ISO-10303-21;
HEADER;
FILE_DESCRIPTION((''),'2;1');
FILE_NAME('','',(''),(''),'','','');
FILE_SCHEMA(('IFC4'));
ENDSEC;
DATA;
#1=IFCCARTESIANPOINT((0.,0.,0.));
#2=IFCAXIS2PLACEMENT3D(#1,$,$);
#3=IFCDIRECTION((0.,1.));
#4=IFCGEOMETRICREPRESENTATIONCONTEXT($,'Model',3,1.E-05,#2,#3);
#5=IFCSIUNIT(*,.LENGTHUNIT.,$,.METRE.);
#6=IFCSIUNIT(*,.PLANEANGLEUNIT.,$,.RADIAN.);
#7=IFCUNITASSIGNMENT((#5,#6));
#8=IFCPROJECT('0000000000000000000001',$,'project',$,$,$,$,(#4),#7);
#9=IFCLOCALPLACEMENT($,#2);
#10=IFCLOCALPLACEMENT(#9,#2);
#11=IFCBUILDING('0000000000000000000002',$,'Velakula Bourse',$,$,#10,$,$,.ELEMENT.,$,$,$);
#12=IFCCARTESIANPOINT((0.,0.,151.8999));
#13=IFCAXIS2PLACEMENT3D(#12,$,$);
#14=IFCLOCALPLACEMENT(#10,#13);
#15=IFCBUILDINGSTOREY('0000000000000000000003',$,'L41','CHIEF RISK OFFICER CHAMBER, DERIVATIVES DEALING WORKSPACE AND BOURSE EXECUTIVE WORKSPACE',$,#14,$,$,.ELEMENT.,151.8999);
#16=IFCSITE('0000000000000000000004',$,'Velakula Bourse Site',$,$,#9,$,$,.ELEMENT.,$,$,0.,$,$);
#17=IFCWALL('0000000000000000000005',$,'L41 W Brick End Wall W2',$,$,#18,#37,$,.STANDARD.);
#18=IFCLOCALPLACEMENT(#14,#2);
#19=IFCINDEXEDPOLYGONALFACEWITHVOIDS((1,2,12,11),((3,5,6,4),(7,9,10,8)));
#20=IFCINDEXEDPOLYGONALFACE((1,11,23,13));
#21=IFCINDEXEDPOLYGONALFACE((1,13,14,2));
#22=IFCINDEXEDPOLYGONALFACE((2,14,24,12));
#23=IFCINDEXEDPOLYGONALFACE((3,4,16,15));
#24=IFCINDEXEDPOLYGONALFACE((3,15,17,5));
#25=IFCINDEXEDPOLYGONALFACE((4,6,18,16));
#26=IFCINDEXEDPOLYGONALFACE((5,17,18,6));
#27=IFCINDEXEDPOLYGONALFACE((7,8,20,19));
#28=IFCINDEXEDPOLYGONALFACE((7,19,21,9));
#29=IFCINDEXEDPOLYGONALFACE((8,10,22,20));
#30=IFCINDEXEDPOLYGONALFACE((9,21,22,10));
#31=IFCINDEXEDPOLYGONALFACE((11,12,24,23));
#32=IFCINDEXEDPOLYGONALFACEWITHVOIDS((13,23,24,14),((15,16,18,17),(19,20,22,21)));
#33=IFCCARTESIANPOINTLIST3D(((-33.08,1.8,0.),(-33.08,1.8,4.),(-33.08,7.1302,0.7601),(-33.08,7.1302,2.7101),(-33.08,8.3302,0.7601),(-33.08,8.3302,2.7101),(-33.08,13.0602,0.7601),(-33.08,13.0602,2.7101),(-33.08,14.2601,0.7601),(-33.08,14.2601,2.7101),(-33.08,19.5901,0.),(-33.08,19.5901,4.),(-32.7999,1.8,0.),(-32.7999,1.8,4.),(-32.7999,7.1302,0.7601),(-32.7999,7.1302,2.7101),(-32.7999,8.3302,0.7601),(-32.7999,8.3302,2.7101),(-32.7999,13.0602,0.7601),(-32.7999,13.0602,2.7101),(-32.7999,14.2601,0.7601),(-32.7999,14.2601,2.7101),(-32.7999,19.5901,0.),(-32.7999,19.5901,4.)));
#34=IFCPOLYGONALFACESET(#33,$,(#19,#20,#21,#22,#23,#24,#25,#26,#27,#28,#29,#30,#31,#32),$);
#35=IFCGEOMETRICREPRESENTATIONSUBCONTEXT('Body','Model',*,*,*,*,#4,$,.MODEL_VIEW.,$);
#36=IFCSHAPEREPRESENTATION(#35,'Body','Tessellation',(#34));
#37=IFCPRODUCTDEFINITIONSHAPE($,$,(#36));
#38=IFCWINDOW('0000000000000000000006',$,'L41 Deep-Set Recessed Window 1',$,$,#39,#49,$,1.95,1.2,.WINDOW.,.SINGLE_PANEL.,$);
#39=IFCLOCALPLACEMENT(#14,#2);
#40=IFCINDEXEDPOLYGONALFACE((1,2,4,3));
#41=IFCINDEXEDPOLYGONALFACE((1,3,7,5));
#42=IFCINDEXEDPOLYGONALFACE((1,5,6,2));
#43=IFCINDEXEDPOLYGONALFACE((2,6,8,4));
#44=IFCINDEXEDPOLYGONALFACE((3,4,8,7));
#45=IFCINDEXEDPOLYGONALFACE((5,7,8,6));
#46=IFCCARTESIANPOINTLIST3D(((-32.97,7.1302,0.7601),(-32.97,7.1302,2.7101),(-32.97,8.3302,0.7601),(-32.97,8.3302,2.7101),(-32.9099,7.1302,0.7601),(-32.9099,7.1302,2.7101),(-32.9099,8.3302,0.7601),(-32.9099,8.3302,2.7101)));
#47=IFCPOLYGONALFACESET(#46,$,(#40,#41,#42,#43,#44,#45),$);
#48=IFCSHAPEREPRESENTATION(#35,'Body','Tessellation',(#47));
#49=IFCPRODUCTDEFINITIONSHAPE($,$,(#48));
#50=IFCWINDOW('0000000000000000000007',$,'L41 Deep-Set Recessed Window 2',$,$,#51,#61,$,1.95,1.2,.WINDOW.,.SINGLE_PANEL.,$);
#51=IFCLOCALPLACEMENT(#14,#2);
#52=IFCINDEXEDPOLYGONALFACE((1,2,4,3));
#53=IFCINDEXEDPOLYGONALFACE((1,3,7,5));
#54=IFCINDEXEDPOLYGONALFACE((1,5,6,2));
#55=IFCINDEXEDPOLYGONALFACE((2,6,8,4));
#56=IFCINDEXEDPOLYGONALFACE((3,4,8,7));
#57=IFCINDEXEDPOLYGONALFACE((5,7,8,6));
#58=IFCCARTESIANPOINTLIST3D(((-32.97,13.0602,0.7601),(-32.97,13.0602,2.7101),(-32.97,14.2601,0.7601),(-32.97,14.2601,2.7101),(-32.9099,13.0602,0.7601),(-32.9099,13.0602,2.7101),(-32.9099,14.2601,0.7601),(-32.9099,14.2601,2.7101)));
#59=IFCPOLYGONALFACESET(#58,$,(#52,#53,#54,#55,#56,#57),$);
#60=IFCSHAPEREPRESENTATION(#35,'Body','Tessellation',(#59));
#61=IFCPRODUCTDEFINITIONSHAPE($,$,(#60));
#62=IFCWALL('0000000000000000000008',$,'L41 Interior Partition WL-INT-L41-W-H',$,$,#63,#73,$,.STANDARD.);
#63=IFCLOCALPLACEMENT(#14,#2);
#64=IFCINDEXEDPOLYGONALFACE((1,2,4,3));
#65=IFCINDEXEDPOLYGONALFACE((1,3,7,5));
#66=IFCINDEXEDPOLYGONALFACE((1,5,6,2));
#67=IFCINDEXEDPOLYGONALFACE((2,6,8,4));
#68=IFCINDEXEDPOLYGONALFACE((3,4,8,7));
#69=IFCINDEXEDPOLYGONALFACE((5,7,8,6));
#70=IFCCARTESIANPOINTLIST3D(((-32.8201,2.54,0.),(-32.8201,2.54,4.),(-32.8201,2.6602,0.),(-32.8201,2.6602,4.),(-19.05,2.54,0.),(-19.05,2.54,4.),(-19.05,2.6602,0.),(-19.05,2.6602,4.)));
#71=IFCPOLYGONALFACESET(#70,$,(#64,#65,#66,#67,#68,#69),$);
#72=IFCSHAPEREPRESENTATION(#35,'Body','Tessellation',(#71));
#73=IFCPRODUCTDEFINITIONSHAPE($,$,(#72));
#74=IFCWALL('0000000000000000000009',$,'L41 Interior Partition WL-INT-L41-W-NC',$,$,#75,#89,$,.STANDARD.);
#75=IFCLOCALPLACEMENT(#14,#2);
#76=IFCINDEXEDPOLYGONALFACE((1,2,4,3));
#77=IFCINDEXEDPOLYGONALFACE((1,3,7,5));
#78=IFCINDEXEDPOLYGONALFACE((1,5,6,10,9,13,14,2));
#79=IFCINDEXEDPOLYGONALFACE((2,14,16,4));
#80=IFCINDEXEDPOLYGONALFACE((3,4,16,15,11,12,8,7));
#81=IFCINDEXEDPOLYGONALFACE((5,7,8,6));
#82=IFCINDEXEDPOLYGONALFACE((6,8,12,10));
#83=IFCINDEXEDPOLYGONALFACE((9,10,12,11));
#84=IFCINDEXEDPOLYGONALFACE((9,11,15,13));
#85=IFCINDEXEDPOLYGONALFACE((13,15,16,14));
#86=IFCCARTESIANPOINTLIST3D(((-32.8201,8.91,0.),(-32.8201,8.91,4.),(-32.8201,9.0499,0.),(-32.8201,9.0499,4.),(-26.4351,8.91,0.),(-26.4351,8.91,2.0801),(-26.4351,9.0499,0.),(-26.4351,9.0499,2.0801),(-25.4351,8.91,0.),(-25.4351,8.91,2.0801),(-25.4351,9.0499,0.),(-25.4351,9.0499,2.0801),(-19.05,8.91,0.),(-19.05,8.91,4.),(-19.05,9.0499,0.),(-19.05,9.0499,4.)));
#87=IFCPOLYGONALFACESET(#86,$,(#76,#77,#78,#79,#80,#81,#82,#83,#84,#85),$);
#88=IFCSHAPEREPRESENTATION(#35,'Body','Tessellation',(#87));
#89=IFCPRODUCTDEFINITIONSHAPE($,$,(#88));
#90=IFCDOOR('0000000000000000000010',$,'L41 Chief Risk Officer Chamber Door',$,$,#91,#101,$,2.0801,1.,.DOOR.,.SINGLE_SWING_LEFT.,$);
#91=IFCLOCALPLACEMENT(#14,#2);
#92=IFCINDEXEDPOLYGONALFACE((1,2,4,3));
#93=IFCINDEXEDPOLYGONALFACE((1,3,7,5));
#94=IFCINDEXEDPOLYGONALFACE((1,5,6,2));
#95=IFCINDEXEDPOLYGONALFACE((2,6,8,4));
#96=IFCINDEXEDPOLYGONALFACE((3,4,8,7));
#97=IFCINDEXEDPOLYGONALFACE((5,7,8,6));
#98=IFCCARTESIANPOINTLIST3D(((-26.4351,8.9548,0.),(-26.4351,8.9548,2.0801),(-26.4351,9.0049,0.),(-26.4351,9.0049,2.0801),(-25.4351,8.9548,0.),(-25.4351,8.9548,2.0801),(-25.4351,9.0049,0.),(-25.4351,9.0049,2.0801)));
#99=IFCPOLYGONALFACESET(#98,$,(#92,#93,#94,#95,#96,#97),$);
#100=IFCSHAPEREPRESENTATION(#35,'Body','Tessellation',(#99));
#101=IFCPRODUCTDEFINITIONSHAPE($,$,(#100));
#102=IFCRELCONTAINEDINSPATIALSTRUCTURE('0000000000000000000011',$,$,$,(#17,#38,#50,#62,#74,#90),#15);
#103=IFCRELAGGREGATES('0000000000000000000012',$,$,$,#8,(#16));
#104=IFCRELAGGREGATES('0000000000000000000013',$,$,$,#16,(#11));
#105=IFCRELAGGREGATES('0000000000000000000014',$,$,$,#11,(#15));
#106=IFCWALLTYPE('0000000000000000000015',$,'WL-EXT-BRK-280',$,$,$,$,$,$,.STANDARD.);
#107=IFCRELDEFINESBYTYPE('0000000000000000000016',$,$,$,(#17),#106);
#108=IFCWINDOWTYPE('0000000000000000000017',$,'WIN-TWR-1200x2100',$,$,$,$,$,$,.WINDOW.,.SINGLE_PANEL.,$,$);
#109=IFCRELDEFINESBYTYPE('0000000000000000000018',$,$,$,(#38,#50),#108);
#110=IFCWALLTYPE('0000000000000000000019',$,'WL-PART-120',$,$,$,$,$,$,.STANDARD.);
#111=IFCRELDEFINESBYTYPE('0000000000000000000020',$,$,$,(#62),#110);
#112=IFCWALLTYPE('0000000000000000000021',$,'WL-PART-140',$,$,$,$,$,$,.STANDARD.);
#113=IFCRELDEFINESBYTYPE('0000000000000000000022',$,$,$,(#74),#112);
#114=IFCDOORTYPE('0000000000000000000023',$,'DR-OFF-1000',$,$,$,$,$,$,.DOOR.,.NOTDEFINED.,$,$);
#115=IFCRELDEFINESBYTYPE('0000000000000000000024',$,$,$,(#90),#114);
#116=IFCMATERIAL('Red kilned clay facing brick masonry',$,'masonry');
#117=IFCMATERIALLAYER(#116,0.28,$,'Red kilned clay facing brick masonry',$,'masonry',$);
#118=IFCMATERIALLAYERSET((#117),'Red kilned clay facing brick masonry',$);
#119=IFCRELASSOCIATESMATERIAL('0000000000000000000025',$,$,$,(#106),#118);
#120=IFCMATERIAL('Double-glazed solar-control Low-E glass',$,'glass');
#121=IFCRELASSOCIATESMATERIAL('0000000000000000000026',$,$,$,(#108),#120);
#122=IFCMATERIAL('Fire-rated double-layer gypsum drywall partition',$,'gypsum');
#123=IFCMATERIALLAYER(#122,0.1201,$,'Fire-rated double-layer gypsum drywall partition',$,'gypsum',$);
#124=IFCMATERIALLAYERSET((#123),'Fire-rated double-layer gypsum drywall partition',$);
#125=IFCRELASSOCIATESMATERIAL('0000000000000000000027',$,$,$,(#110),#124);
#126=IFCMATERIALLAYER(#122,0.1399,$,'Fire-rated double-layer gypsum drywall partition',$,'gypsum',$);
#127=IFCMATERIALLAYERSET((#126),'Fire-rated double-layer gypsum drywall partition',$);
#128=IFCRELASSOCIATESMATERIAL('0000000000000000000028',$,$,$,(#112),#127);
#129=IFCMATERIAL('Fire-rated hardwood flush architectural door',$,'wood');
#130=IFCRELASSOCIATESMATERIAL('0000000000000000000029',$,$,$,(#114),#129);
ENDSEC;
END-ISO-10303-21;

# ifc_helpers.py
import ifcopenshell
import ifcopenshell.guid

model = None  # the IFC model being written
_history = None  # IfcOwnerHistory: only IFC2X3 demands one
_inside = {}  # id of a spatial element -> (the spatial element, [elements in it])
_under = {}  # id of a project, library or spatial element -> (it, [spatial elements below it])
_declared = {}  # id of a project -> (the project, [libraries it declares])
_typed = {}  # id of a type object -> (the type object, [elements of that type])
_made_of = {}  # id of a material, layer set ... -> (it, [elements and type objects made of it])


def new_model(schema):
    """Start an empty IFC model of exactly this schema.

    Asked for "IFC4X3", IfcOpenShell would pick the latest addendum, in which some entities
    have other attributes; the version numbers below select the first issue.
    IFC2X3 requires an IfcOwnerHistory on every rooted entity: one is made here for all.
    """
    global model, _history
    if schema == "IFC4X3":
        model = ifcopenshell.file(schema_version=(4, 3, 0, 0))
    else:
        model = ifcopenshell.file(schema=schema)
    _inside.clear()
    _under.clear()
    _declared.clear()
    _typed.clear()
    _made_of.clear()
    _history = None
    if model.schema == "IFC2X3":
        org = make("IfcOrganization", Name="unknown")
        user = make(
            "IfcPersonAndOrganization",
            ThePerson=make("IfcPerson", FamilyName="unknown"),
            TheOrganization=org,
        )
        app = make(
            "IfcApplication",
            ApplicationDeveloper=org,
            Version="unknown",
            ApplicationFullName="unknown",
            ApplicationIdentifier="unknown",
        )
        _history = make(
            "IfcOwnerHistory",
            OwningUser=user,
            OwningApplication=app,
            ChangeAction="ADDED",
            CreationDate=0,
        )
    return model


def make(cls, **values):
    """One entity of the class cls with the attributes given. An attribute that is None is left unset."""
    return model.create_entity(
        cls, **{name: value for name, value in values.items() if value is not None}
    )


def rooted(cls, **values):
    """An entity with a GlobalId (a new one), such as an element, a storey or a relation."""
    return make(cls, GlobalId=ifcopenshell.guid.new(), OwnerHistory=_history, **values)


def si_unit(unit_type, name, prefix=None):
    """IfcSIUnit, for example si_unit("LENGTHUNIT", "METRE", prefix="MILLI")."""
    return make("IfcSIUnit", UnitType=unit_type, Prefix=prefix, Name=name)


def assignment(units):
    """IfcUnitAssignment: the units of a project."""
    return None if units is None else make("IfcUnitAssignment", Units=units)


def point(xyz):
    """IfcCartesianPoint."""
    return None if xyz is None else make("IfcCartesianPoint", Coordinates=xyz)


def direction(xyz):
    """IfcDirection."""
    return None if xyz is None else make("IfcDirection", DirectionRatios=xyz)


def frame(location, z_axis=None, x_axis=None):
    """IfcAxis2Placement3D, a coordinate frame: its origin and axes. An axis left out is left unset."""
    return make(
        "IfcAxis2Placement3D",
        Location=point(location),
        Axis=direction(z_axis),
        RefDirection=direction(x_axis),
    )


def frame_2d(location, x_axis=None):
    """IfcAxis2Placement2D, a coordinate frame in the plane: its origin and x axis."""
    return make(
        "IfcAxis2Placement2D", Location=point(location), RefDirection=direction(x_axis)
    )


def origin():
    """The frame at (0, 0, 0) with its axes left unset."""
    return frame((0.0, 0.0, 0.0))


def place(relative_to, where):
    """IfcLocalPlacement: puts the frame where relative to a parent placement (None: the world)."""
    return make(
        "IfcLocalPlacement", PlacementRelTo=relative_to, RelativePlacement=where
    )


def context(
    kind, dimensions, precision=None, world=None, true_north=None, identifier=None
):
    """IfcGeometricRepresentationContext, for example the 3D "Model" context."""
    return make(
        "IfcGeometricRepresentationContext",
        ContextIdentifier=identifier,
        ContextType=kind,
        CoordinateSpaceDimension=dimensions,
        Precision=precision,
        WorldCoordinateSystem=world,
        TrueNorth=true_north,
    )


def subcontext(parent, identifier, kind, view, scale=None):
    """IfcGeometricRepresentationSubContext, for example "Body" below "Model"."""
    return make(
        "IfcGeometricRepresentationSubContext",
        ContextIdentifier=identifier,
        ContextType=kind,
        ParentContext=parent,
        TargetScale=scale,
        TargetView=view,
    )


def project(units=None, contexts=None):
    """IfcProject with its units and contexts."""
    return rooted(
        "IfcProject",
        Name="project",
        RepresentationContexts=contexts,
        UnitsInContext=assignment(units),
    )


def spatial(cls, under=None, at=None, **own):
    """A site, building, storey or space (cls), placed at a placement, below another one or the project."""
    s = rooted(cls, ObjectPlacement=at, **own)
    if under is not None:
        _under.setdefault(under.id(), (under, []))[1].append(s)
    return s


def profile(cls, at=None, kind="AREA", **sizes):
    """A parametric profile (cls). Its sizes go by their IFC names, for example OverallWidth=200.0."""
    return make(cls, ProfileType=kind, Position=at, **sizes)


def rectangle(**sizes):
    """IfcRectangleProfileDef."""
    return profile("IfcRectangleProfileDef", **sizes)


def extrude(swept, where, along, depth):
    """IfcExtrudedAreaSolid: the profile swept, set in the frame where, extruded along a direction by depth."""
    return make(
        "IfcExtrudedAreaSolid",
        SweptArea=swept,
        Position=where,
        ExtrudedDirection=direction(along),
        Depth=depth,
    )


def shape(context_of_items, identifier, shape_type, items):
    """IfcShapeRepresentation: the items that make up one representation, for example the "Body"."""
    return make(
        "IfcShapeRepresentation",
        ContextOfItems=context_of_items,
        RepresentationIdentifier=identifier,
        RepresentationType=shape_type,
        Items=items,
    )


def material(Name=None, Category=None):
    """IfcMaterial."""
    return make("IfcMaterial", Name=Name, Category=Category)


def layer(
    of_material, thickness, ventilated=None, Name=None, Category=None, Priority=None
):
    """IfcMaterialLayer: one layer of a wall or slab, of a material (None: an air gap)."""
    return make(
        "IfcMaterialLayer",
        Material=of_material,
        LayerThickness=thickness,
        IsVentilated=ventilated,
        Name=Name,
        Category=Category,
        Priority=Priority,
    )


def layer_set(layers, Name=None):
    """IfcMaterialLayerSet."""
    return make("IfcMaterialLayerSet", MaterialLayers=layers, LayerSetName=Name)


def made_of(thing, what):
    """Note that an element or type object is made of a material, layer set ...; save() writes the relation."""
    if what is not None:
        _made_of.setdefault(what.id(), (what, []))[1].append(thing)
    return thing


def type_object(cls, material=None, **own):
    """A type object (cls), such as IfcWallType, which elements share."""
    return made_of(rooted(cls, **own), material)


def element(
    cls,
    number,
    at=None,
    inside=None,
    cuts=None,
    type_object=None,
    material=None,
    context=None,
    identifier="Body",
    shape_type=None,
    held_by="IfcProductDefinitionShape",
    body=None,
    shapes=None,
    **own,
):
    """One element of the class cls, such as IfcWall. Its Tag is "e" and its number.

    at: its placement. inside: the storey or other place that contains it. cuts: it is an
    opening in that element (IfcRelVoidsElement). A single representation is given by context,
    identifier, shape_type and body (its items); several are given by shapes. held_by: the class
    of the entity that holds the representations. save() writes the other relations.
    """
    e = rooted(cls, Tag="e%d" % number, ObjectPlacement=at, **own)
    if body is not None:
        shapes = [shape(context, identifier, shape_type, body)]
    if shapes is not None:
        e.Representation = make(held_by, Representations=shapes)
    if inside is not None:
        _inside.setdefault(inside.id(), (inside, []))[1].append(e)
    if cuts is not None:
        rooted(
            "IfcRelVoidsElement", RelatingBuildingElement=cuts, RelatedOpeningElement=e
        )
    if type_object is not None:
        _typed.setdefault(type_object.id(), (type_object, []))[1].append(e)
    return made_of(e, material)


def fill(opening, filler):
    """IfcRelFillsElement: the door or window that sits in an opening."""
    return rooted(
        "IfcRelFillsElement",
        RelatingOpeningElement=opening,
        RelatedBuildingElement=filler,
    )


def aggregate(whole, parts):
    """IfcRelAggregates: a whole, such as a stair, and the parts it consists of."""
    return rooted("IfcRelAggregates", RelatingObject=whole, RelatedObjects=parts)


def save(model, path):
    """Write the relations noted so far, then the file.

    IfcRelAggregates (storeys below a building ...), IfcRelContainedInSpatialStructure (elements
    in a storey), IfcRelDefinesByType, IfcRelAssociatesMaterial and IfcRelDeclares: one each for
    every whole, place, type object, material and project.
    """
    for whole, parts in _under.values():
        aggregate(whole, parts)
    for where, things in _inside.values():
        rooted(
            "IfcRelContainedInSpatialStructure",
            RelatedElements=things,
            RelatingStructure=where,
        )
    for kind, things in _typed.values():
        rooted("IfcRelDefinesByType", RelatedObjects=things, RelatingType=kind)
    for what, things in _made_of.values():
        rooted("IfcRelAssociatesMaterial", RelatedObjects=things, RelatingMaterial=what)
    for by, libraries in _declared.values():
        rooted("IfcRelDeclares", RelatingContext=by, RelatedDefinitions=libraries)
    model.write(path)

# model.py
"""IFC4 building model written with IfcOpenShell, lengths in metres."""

from ifc_helpers import new_model, si_unit, direction, frame, frame_2d, origin, place, context, subcontext, project, spatial, rectangle, extrude, material, layer, layer_set, type_object, element, fill, save


model = new_model("IFC4")

# Units and contexts
model_context = context("Model", 3, precision=1e-05, world=origin(), true_north=direction((0.0, 1.0)))
body_context = subcontext(model_context, "Body", "Model", "MODEL_VIEW")
ifc_project = project(units=[si_unit("LENGTHUNIT", "METRE"), si_unit("PLANEANGLEUNIT", "RADIAN")], contexts=[model_context])

# Site, building, storey
site_placement = place(None, origin())
site = spatial("IfcSite", under=ifc_project, at=site_placement, Name="Velakula Bourse Site", CompositionType="ELEMENT", RefElevation=0.0)
building_placement = place(site_placement, origin())
building = spatial("IfcBuilding", under=site, at=building_placement, Name="Velakula Bourse", CompositionType="ELEMENT")
storey_placement = place(building_placement, frame((0.0, 0.0, 151.8999)))
storey = spatial("IfcBuildingStorey", under=building, at=storey_placement, Name="L41", Description="CHIEF RISK OFFICER CHAMBER, DERIVATIVES DEALING WORKSPACE AND BOURSE EXECUTIVE WORKSPACE", CompositionType="ELEMENT", Elevation=151.8999)

# Wall, openings, windows
ifc_material_1 = material(Name="Red kilned clay facing brick masonry", Category="masonry")
ifc_layer_1 = layer(ifc_material_1, 0.28, Name="Red kilned clay facing brick masonry", Category="masonry")
ifc_layer_set_1 = layer_set([ifc_layer_1], Name="Red kilned clay facing brick masonry")
wall_type_1 = type_object("IfcWallType", Name="WL-EXT-BRK-280", PredefinedType="STANDARD", material=ifc_layer_set_1)
wall_1_placement = place(storey_placement, frame((-32.9399, 1.8, 0.0), z_axis=(0.0, 0.0, 1.0), x_axis=(0.0, 1.0, 0.0)))
wall_1 = element("IfcWall", 1, at=wall_1_placement, inside=storey, type_object=wall_type_1, Name="L41 W Brick End Wall W2", PredefinedType="STANDARD", context=body_context, shape_type="SweptSolid", body=[
    extrude(rectangle(XDim=17.79, YDim=0.28, at=frame_2d((8.895, 0.0))), origin(), (0.0, 0.0, 1.0), 4.0),
])
opening_1_placement = place(wall_1_placement, frame((5.3301, 0.0, 0.76)))
opening_1 = element("IfcOpeningElement", 2, at=opening_1_placement, cuts=wall_1, PredefinedType="OPENING", context=body_context, shape_type="SweptSolid", body=[
    extrude(rectangle(XDim=1.2, YDim=1.95, at=frame_2d((0.6001, 0.9751))), frame((0.0, 0.1499, 0.0), z_axis=(0.0, -1.0, 0.0), x_axis=(1.0, 0.0, 0.0)), (0.0, 0.0, 1.0), 0.3),
])
opening_2_placement = place(wall_1_placement, frame((11.26, 0.0, 0.76)))
opening_2 = element("IfcOpeningElement", 3, at=opening_2_placement, cuts=wall_1, PredefinedType="OPENING", context=body_context, shape_type="SweptSolid", body=[
    extrude(rectangle(XDim=1.2, YDim=1.95, at=frame_2d((0.6001, 0.9751))), frame((0.0, 0.1499, 0.0), z_axis=(0.0, -1.0, 0.0), x_axis=(1.0, 0.0, 0.0)), (0.0, 0.0, 1.0), 0.3),
])
ifc_material_2 = material(Name="Double-glazed solar-control Low-E glass", Category="glass")
window_type = type_object("IfcWindowType", Name="WIN-TWR-1200x2100", PartitioningType="SINGLE_PANEL", PredefinedType="WINDOW", material=ifc_material_2)
window_1_placement = place(opening_1_placement, origin())
window_1 = element("IfcWindow", 4, at=window_1_placement, inside=storey, type_object=window_type, Name="L41 Deep-Set Recessed Window 1", OverallHeight=1.95, OverallWidth=1.2, PartitioningType="SINGLE_PANEL", PredefinedType="WINDOW", context=body_context, shape_type="SweptSolid", body=[
    extrude(rectangle(XDim=1.2, YDim=1.95, at=frame_2d((0.6001, 0.9751))), frame((0.0, 0.03, 0.0), z_axis=(0.0, -1.0, 0.0), x_axis=(1.0, 0.0, 0.0)), (0.0, 0.0, 1.0), 0.0601),
])
fill(opening_1, window_1)
window_2_placement = place(opening_2_placement, origin())
window_2 = element("IfcWindow", 5, at=window_2_placement, inside=storey, type_object=window_type, Name="L41 Deep-Set Recessed Window 2", OverallHeight=1.95, OverallWidth=1.2, PartitioningType="SINGLE_PANEL", PredefinedType="WINDOW", context=body_context, shape_type="SweptSolid", body=[
    extrude(rectangle(XDim=1.2, YDim=1.95, at=frame_2d((0.6001, 0.9751))), frame((0.0, 0.03, 0.0), z_axis=(0.0, -1.0, 0.0), x_axis=(1.0, 0.0, 0.0)), (0.0, 0.0, 1.0), 0.0601),
])
fill(opening_2, window_2)

# Wall
ifc_material_3 = material(Name="Fire-rated double-layer gypsum drywall partition", Category="gypsum")
ifc_layer_2 = layer(ifc_material_3, 0.1201, Name="Fire-rated double-layer gypsum drywall partition", Category="gypsum")
ifc_layer_set_2 = layer_set([ifc_layer_2], Name="Fire-rated double-layer gypsum drywall partition")
wall_type_2 = type_object("IfcWallType", Name="WL-PART-120", PredefinedType="STANDARD", material=ifc_layer_set_2)
wall_2_placement = place(storey_placement, frame((-32.8201, 2.6001, 0.0), z_axis=(0.0, 0.0, 1.0), x_axis=(1.0, 0.0, 0.0)))
element("IfcWall", 6, at=wall_2_placement, inside=storey, type_object=wall_type_2, Name="L41 Interior Partition WL-INT-L41-W-H", PredefinedType="STANDARD", context=body_context, shape_type="SweptSolid", body=[
    extrude(rectangle(XDim=13.77, YDim=0.1201, at=frame_2d((6.885, 0.0))), origin(), (0.0, 0.0, 1.0), 4.0),
])

# Wall, opening, door
ifc_layer_3 = layer(ifc_material_3, 0.1399, Name="Fire-rated double-layer gypsum drywall partition", Category="gypsum")
ifc_layer_set_3 = layer_set([ifc_layer_3], Name="Fire-rated double-layer gypsum drywall partition")
wall_type_3 = type_object("IfcWallType", Name="WL-PART-140", PredefinedType="STANDARD", material=ifc_layer_set_3)
wall_3_placement = place(storey_placement, frame((-32.8201, 8.98, 0.0), z_axis=(0.0, 0.0, 1.0), x_axis=(1.0, 0.0, 0.0)))
wall_3 = element("IfcWall", 7, at=wall_3_placement, inside=storey, type_object=wall_type_3, Name="L41 Interior Partition WL-INT-L41-W-NC", PredefinedType="STANDARD", context=body_context, shape_type="SweptSolid", body=[
    extrude(rectangle(XDim=13.77, YDim=0.1399, at=frame_2d((6.885, 0.0))), origin(), (0.0, 0.0, 1.0), 4.0),
])
opening_3_placement = place(wall_3_placement, frame((6.385, 0.0, 0.0)))
opening_3 = element("IfcOpeningElement", 8, at=opening_3_placement, cuts=wall_3, PredefinedType="OPENING", context=body_context, shape_type="SweptSolid", body=[
    extrude(rectangle(XDim=1.0, YDim=2.0801, at=frame_2d((0.5, 1.04))), frame((0.0, 0.0798, 0.0), z_axis=(0.0, -1.0, 0.0), x_axis=(1.0, 0.0, 0.0)), (0.0, 0.0, 1.0), 0.1599),
])
ifc_material_4 = material(Name="Fire-rated hardwood flush architectural door", Category="wood")
door_type = type_object("IfcDoorType", Name="DR-OFF-1000", OperationType="NOTDEFINED", PredefinedType="DOOR", material=ifc_material_4)
door_placement = place(opening_3_placement, origin())
door = element("IfcDoor", 9, at=door_placement, inside=storey, type_object=door_type, Name="L41 Chief Risk Officer Chamber Door", OperationType="SINGLE_SWING_LEFT", OverallHeight=2.0801, OverallWidth=1.0, PredefinedType="DOOR", context=body_context, shape_type="SweptSolid", body=[
    extrude(rectangle(XDim=1.0, YDim=2.0801, at=frame_2d((0.5, 1.04))), frame((0.0, 0.0249, 0.0), z_axis=(0.0, -1.0, 0.0), x_axis=(1.0, 0.0, 0.0)), (0.0, 0.0, 1.0), 0.05),
])
fill(opening_3, door)

save(model, "model.ifc")
